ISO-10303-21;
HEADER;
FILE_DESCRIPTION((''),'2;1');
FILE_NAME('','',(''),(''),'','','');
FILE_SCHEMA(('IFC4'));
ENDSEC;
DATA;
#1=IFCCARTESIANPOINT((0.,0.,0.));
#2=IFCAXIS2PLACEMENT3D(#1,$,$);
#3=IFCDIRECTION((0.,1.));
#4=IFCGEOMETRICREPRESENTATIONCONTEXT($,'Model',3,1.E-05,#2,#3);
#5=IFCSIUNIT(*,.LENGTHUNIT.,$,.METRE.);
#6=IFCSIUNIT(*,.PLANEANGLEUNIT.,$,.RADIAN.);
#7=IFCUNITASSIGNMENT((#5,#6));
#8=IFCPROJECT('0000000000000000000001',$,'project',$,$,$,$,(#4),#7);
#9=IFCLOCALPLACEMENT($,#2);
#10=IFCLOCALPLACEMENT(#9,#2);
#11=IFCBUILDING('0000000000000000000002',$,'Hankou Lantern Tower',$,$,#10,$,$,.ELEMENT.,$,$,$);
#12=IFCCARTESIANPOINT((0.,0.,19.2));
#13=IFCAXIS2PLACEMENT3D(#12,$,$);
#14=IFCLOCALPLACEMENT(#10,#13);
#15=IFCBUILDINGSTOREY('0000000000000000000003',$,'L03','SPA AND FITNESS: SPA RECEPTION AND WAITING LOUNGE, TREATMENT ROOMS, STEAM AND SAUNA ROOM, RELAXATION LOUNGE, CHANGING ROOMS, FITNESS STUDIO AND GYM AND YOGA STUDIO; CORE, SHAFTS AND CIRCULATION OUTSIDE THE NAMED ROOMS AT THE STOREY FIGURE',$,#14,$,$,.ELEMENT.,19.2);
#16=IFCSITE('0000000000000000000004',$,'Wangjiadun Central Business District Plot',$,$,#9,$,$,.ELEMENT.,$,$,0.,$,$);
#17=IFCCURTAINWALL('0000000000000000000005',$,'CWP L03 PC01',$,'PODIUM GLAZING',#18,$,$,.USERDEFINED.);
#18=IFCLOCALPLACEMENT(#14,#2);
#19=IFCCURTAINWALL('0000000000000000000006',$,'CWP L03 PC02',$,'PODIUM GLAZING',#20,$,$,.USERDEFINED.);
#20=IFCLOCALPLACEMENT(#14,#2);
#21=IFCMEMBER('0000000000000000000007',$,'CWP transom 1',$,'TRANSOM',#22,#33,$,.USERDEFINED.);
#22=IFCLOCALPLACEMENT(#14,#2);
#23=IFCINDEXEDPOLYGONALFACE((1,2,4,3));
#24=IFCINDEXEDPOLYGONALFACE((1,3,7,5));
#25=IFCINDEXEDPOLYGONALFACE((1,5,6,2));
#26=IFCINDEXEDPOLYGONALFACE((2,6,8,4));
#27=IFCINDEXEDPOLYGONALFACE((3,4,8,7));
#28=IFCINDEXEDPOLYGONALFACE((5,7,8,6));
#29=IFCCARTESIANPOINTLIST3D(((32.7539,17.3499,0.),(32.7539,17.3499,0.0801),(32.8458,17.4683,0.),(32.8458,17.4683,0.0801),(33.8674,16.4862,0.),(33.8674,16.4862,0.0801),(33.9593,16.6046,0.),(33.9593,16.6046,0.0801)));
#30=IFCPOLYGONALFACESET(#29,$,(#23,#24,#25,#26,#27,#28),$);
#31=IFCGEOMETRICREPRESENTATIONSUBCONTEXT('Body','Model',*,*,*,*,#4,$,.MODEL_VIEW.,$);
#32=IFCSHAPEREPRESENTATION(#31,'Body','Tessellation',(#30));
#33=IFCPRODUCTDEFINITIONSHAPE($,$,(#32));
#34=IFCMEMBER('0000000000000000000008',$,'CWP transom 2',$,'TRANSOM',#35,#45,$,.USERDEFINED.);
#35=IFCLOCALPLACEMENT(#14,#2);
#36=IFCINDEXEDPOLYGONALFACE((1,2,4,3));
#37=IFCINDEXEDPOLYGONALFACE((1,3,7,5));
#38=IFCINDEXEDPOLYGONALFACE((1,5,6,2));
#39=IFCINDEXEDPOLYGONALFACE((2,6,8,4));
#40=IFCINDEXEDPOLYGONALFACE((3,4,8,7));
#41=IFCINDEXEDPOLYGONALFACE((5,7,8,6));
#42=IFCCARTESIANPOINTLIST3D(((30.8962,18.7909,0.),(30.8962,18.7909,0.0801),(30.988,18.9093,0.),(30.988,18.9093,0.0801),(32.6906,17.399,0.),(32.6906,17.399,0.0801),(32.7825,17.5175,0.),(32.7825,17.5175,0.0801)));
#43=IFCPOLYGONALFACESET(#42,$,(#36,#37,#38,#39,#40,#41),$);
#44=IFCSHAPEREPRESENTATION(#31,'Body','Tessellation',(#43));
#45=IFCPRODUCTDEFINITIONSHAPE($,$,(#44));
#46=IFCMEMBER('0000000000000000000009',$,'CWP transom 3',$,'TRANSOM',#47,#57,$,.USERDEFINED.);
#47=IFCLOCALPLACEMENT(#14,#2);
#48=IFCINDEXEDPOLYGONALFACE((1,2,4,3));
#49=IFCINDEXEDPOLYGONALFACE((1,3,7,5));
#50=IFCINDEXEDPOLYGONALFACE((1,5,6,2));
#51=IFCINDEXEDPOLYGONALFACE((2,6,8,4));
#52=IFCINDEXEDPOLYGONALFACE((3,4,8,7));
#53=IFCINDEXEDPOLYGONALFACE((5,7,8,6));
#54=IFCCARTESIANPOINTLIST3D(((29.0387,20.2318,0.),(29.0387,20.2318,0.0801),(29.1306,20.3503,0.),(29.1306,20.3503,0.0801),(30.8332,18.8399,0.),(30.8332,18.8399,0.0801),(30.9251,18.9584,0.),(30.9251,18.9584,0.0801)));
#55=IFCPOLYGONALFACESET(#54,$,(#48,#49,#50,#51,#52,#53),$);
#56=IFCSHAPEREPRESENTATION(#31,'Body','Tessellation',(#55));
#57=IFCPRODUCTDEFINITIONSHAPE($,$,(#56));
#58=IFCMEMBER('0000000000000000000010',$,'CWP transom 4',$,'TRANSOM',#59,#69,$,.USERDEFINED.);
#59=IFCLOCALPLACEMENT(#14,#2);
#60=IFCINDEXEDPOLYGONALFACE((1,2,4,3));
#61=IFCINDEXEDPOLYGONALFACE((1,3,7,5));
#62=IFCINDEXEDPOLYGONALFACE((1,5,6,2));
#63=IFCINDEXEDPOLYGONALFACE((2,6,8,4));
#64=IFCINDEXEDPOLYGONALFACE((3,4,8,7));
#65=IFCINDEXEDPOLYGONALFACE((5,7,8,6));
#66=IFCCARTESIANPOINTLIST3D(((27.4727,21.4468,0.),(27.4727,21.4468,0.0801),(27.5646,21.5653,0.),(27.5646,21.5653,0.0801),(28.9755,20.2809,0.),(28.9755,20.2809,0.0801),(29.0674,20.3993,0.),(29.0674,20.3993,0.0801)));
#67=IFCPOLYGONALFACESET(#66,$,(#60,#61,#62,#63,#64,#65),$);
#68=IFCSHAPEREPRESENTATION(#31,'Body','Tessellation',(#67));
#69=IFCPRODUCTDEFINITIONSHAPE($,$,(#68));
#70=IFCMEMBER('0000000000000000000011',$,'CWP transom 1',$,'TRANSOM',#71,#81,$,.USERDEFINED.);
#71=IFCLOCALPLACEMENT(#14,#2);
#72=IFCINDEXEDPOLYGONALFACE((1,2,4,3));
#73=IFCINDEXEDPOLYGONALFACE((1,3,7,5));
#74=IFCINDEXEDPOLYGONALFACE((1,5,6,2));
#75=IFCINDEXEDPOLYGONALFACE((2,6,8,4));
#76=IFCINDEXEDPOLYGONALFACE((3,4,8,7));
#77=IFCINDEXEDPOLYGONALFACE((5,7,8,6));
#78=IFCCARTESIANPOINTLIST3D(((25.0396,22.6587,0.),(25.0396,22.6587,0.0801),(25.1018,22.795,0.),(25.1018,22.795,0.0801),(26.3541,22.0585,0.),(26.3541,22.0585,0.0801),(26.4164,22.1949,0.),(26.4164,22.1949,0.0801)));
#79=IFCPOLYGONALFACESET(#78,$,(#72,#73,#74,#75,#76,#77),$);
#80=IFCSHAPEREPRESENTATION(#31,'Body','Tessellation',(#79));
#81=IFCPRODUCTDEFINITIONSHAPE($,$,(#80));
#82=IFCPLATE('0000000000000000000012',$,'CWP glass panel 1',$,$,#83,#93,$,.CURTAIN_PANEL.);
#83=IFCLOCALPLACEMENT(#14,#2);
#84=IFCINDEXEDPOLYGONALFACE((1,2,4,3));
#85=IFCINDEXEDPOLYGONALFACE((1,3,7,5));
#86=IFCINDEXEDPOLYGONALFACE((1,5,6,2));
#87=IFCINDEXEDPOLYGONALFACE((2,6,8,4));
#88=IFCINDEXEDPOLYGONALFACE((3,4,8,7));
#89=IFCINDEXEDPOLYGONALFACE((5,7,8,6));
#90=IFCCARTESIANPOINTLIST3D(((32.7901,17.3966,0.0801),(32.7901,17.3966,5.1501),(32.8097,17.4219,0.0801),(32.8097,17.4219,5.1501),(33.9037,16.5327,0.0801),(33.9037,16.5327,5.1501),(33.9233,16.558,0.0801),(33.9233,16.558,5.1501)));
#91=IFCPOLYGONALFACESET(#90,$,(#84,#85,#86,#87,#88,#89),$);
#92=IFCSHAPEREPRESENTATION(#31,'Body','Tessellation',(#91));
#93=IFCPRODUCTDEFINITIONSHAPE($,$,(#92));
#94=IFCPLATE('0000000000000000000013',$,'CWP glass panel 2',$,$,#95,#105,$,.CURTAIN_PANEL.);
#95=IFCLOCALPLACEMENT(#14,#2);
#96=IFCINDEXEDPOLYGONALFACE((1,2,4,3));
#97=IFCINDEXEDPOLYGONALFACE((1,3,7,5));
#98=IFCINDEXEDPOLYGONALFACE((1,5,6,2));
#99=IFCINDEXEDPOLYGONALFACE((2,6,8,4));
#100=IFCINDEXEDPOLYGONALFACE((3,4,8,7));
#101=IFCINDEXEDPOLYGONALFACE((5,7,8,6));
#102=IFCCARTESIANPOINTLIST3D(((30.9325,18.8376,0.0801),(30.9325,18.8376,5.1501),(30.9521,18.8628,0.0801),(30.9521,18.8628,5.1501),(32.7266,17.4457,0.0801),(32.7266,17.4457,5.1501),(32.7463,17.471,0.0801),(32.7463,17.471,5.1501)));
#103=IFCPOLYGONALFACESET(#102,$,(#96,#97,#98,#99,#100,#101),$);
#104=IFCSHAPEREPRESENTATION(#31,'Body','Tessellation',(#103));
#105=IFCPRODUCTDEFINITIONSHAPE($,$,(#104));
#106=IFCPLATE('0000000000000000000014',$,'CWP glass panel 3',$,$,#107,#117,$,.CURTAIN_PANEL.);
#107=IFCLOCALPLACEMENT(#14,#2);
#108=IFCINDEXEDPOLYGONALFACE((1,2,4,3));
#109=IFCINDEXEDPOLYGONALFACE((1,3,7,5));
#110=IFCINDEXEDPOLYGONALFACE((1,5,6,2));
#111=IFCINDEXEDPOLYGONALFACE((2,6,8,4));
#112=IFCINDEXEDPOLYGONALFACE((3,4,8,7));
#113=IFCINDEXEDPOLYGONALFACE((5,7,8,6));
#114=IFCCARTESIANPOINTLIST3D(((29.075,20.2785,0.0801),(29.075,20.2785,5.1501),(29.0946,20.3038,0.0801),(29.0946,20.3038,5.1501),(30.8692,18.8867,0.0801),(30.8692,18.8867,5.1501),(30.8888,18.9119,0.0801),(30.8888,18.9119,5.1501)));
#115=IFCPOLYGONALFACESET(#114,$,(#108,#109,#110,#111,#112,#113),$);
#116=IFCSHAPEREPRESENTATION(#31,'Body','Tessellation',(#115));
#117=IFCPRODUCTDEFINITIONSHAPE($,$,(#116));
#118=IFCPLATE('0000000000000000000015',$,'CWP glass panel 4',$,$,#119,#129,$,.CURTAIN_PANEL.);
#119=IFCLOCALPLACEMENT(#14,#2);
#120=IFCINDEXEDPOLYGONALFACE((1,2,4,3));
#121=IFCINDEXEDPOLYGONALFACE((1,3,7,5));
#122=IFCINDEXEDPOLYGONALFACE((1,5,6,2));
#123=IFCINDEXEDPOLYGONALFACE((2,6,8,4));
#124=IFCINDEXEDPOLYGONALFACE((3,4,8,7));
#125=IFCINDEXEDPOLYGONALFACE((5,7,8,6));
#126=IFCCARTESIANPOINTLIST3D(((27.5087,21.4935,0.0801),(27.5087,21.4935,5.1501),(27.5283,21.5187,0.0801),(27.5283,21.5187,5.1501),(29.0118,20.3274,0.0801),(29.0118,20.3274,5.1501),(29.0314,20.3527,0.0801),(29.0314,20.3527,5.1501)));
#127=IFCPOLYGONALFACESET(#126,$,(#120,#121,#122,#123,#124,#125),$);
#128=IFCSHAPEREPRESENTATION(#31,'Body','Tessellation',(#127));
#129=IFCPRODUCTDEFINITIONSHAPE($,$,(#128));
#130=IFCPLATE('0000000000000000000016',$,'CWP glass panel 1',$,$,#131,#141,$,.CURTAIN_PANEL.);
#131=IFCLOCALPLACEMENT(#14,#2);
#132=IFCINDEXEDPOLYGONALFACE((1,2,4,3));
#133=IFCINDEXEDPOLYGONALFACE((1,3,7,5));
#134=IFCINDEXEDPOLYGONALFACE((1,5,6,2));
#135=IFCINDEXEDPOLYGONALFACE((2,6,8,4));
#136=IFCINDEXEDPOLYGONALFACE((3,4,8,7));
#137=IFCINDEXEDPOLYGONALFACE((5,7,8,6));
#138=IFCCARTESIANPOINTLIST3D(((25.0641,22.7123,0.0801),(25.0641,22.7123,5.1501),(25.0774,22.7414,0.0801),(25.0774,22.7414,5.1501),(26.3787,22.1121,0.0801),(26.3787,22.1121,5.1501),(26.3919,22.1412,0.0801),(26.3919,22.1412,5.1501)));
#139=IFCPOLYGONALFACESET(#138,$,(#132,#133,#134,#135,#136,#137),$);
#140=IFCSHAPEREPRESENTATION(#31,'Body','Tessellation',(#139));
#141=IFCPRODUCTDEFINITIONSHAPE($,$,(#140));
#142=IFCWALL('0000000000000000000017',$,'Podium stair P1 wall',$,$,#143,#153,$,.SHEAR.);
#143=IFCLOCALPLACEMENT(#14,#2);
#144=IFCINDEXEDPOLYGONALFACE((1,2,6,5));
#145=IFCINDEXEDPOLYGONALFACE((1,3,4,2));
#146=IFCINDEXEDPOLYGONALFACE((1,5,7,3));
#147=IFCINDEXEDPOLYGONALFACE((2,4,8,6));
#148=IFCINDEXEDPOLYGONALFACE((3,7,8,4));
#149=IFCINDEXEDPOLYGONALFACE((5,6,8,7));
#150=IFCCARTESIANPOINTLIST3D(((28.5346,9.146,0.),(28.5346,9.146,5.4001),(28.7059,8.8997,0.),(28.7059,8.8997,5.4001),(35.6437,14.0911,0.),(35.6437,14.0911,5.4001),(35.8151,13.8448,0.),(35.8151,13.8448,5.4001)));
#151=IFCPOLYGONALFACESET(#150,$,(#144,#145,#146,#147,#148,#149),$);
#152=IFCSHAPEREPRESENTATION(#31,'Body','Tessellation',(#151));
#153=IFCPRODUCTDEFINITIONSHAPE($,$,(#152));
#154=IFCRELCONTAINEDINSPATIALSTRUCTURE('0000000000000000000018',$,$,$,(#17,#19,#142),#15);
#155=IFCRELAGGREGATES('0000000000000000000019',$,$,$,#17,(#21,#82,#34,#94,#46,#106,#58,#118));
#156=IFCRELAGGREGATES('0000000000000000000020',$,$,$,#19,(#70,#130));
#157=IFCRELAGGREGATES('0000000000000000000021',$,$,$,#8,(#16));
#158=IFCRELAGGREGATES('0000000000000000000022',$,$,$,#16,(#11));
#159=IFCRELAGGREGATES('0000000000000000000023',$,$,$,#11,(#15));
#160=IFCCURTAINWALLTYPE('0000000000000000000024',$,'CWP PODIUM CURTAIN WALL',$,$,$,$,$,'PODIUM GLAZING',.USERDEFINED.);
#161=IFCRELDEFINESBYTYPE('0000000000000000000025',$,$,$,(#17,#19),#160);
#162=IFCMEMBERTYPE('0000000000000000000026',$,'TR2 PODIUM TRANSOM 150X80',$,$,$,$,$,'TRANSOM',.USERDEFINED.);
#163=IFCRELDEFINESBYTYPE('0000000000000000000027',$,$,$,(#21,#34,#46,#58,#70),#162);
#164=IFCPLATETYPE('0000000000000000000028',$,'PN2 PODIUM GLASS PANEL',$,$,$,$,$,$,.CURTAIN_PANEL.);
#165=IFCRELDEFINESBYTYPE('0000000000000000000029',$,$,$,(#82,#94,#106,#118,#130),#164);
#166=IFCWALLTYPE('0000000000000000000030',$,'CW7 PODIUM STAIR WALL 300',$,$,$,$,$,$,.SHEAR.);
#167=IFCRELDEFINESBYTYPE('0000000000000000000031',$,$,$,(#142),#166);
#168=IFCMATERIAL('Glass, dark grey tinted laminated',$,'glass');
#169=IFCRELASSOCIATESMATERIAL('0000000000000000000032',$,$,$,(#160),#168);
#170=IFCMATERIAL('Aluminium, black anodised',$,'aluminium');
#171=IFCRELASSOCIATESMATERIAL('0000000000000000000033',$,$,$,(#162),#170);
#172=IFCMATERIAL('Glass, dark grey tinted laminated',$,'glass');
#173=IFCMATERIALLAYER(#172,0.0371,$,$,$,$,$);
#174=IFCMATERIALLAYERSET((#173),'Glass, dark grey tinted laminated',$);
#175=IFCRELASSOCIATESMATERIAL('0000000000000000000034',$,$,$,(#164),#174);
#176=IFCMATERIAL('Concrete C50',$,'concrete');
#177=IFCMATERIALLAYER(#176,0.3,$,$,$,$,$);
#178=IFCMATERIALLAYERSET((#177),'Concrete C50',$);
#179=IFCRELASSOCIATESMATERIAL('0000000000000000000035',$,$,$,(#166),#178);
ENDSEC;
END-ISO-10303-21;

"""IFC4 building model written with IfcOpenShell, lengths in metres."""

from ifc_helpers import new_model, si_unit, direction, frame, frame_2d, origin, origin_2d, place, context, subcontext, project, spatial, rectangle, extrude, material, layer, layer_set, material_profile, profile_set, type_object, element, aggregate, save


model = new_model("IFC4")

# Units and contexts
model_context = context("Model", 3, precision=1e-05, world=origin(), true_north=direction((0.0, 1.0)))
body_context = subcontext(model_context, "Body", "Model", "MODEL_VIEW")
ifc_project = project(units=[si_unit("LENGTHUNIT", "METRE"), si_unit("PLANEANGLEUNIT", "RADIAN")], contexts=[model_context])

# Site, building, storey
site_placement = place(None, origin())
site = spatial("IfcSite", under=ifc_project, at=site_placement, Name="Wangjiadun Central Business District Plot", CompositionType="ELEMENT", RefElevation=0.0)
building_placement = place(site_placement, origin())
building = spatial("IfcBuilding", under=site, at=building_placement, Name="Hankou Lantern Tower", CompositionType="ELEMENT")
storey_placement = place(building_placement, frame((0.0, 0.0, 19.2)))
storey = spatial("IfcBuildingStorey", under=building, at=storey_placement, Name="L03", Description="SPA AND FITNESS: SPA RECEPTION AND WAITING LOUNGE, TREATMENT ROOMS, STEAM AND SAUNA ROOM, RELAXATION LOUNGE, CHANGING ROOMS, FITNESS STUDIO AND GYM AND YOGA STUDIO; CORE, SHAFTS AND CIRCULATION OUTSIDE THE NAMED ROOMS AT THE STOREY FIGURE", CompositionType="ELEMENT", Elevation=19.2)

# Curtain walls
ifc_material_1 = material(Name="Glass, dark grey tinted laminated", Category="glass")
curtain_wall_type = type_object("IfcCurtainWallType", Name="CWP PODIUM CURTAIN WALL", ElementType="PODIUM GLAZING", PredefinedType="USERDEFINED", material=ifc_material_1)
curtain_wall_1_placement = place(storey_placement, origin())
curtain_wall_1 = element("IfcCurtainWall", 1, at=curtain_wall_1_placement, inside=storey, type_object=curtain_wall_type, Name="CWP L03 PC01", ObjectType="PODIUM GLAZING", PredefinedType="USERDEFINED")
curtain_wall_2_placement = place(storey_placement, origin())
curtain_wall_2 = element("IfcCurtainWall", 2, at=curtain_wall_2_placement, inside=storey, type_object=curtain_wall_type, Name="CWP L03 PC02", ObjectType="PODIUM GLAZING", PredefinedType="USERDEFINED")

# Members
ifc_material_2 = material(Name="Aluminium, black anodised", Category="aluminium")
ifc_material_profile_1 = material_profile(ifc_material_2, rectangle(XDim=0.1499, YDim=0.0801, at=origin_2d()), Name="TR2 150X80")
ifc_profile_set_1 = profile_set([ifc_material_profile_1], Name="Aluminium, black anodised")
member_type_1 = type_object("IfcMemberType", Name="TR2 PODIUM TRANSOM 150X80", ElementType="TRANSOM", PredefinedType="USERDEFINED", material=ifc_profile_set_1)
member_1_placement = place(storey_placement, frame((33.9133, 16.5454, 0.04), z_axis=(-0.790144, 0.612921, 0.0), x_axis=(-0.612921, -0.790144, 0.0)))
member_1 = element("IfcMember", 3, at=member_1_placement, type_object=member_type_1, Name="CWP transom 1", ObjectType="TRANSOM", PredefinedType="USERDEFINED", context=body_context, shape_type="SweptSolid", body=[
    extrude(rectangle(XDim=0.1499, YDim=0.0801, at=origin_2d()), origin(), (0.0, 0.0, 1.0), 1.4092),
])
member_2_placement = place(storey_placement, frame((32.7366, 17.4583, 0.04), z_axis=(-0.790168, 0.612891, 0.0), x_axis=(-0.612891, -0.790168, 0.0)))
member_2 = element("IfcMember", 4, at=member_2_placement, type_object=member_type_1, Name="CWP transom 2", ObjectType="TRANSOM", PredefinedType="USERDEFINED", context=body_context, shape_type="SweptSolid", body=[
    extrude(rectangle(XDim=0.1499, YDim=0.0801, at=origin_2d()), origin(), (0.0, 0.0, 1.0), 2.271),
])
member_3_placement = place(storey_placement, frame((30.8792, 18.8992, 0.04), z_axis=(-0.790168, 0.612891, 0.0), x_axis=(-0.612891, -0.790168, 0.0)))
member_3 = element("IfcMember", 5, at=member_3_placement, type_object=member_type_1, Name="CWP transom 3", ObjectType="TRANSOM", PredefinedType="USERDEFINED", context=body_context, shape_type="SweptSolid", body=[
    extrude(rectangle(XDim=0.1499, YDim=0.0801, at=origin_2d()), origin(), (0.0, 0.0, 1.0), 2.271),
])
member_4_placement = place(storey_placement, frame((29.0215, 20.3401, 0.04), z_axis=(-0.790098, 0.612981, 0.0), x_axis=(-0.612981, -0.790098, 0.0)))
member_4 = element("IfcMember", 6, at=member_4_placement, type_object=member_type_1, Name="CWP transom 4", ObjectType="TRANSOM", PredefinedType="USERDEFINED", context=body_context, shape_type="SweptSolid", body=[
    extrude(rectangle(XDim=0.1499, YDim=0.0801, at=origin_2d()), origin(), (0.0, 0.0, 1.0), 1.9021),
])
member_5_placement = place(storey_placement, frame((26.3853, 22.1267, 0.04), z_axis=(-0.909682, 0.415305, 0.0), x_axis=(-0.415305, -0.909682, 0.0)))
member_5 = element("IfcMember", 7, at=member_5_placement, type_object=member_type_1, Name="CWP transom 1", ObjectType="TRANSOM", PredefinedType="USERDEFINED", context=body_context, shape_type="SweptSolid", body=[
    extrude(rectangle(XDim=0.1499, YDim=0.0801, at=origin_2d()), origin(), (0.0, 0.0, 1.0), 1.4451),
])

# Plates
ifc_material_3 = material(Name="Glass, dark grey tinted laminated", Category="glass")
ifc_layer_1 = layer(ifc_material_3, 0.0371)
ifc_layer_set_1 = layer_set([ifc_layer_1], Name="Glass, dark grey tinted laminated")
plate_type = type_object("IfcPlateType", Name="PN2 PODIUM GLASS PANEL", PredefinedType="CURTAIN_PANEL", material=ifc_layer_set_1)
plate_1_placement = place(storey_placement, frame((33.3567, 16.9773, 0.0801), z_axis=(0.0, 0.0, 1.0), x_axis=(-0.79013, 0.61294, 0.0)))
plate_1 = element("IfcPlate", 8, at=plate_1_placement, type_object=plate_type, Name="CWP glass panel 1", PredefinedType="CURTAIN_PANEL", context=body_context, shape_type="SweptSolid", body=[
    extrude(rectangle(XDim=1.4094, YDim=0.032, at=origin_2d()), origin(), (0.0, 0.0, 1.0), 5.0701),
])
plate_2_placement = place(storey_placement, frame((31.8394, 18.1543, 0.0801), z_axis=(0.0, 0.0, 1.0), x_axis=(-0.79013, 0.61294, 0.0)))
plate_2 = element("IfcPlate", 9, at=plate_2_placement, type_object=plate_type, Name="CWP glass panel 2", PredefinedType="CURTAIN_PANEL", context=body_context, shape_type="SweptSolid", body=[
    extrude(rectangle(XDim=2.2708, YDim=0.032, at=origin_2d()), origin(), (0.0, 0.0, 1.0), 5.0701),
])
plate_3_placement = place(storey_placement, frame((29.9819, 19.5952, 0.0801), z_axis=(0.0, 0.0, 1.0), x_axis=(-0.79013, 0.61294, 0.0)))
plate_3 = element("IfcPlate", 10, at=plate_3_placement, type_object=plate_type, Name="CWP glass panel 3", PredefinedType="CURTAIN_PANEL", context=body_context, shape_type="SweptSolid", body=[
    extrude(rectangle(XDim=2.2708, YDim=0.032, at=origin_2d()), origin(), (0.0, 0.0, 1.0), 5.0701),
])
plate_4_placement = place(storey_placement, frame((28.27, 20.9231, 0.0801), z_axis=(0.0, 0.0, 1.0), x_axis=(-0.79013, 0.61294, 0.0)))
plate_4 = element("IfcPlate", 11, at=plate_4_placement, type_object=plate_type, Name="CWP glass panel 4", PredefinedType="CURTAIN_PANEL", context=body_context, shape_type="SweptSolid", body=[
    extrude(rectangle(XDim=1.9023, YDim=0.032, at=origin_2d()), origin(), (0.0, 0.0, 1.0), 5.0701),
])
aggregate(curtain_wall_1, [member_1, plate_1, member_2, plate_2, member_3, plate_3, member_4, plate_4])
plate_5_placement = place(storey_placement, frame((25.728, 22.4268, 0.0801), z_axis=(0.0, 0.0, 1.0), x_axis=(-0.90967, 0.415332, 0.0)))
plate_5 = element("IfcPlate", 12, at=plate_5_placement, type_object=plate_type, Name="CWP glass panel 1", PredefinedType="CURTAIN_PANEL", context=body_context, shape_type="SweptSolid", body=[
    extrude(rectangle(XDim=1.4451, YDim=0.032, at=origin_2d()), origin(), (0.0, 0.0, 1.0), 5.0701),
])
aggregate(curtain_wall_2, [member_5, plate_5])

# Wall
ifc_material_4 = material(Name="Concrete C50", Category="concrete")
ifc_layer_2 = layer(ifc_material_4, 0.3)
ifc_layer_set_2 = layer_set([ifc_layer_2], Name="Concrete C50")
wall_type = type_object("IfcWallType", Name="CW7 PODIUM STAIR WALL 300", PredefinedType="SHEAR", material=ifc_layer_set_2)
wall_placement = place(storey_placement, frame((35.7295, 13.968, 0.0), z_axis=(0.0, 0.0, 1.0), x_axis=(-0.820928, -0.571032, 0.0)))
element("IfcWall", 13, at=wall_placement, inside=storey, type_object=wall_type, Name="Podium stair P1 wall", PredefinedType="SHEAR", context=body_context, shape_type="SweptSolid", body=[
    extrude(rectangle(XDim=8.6599, YDim=0.3, at=frame_2d((4.3301, 0.0))), origin(), (0.0, 0.0, 1.0), 5.4001),
])

save(model, "model.ifc")
